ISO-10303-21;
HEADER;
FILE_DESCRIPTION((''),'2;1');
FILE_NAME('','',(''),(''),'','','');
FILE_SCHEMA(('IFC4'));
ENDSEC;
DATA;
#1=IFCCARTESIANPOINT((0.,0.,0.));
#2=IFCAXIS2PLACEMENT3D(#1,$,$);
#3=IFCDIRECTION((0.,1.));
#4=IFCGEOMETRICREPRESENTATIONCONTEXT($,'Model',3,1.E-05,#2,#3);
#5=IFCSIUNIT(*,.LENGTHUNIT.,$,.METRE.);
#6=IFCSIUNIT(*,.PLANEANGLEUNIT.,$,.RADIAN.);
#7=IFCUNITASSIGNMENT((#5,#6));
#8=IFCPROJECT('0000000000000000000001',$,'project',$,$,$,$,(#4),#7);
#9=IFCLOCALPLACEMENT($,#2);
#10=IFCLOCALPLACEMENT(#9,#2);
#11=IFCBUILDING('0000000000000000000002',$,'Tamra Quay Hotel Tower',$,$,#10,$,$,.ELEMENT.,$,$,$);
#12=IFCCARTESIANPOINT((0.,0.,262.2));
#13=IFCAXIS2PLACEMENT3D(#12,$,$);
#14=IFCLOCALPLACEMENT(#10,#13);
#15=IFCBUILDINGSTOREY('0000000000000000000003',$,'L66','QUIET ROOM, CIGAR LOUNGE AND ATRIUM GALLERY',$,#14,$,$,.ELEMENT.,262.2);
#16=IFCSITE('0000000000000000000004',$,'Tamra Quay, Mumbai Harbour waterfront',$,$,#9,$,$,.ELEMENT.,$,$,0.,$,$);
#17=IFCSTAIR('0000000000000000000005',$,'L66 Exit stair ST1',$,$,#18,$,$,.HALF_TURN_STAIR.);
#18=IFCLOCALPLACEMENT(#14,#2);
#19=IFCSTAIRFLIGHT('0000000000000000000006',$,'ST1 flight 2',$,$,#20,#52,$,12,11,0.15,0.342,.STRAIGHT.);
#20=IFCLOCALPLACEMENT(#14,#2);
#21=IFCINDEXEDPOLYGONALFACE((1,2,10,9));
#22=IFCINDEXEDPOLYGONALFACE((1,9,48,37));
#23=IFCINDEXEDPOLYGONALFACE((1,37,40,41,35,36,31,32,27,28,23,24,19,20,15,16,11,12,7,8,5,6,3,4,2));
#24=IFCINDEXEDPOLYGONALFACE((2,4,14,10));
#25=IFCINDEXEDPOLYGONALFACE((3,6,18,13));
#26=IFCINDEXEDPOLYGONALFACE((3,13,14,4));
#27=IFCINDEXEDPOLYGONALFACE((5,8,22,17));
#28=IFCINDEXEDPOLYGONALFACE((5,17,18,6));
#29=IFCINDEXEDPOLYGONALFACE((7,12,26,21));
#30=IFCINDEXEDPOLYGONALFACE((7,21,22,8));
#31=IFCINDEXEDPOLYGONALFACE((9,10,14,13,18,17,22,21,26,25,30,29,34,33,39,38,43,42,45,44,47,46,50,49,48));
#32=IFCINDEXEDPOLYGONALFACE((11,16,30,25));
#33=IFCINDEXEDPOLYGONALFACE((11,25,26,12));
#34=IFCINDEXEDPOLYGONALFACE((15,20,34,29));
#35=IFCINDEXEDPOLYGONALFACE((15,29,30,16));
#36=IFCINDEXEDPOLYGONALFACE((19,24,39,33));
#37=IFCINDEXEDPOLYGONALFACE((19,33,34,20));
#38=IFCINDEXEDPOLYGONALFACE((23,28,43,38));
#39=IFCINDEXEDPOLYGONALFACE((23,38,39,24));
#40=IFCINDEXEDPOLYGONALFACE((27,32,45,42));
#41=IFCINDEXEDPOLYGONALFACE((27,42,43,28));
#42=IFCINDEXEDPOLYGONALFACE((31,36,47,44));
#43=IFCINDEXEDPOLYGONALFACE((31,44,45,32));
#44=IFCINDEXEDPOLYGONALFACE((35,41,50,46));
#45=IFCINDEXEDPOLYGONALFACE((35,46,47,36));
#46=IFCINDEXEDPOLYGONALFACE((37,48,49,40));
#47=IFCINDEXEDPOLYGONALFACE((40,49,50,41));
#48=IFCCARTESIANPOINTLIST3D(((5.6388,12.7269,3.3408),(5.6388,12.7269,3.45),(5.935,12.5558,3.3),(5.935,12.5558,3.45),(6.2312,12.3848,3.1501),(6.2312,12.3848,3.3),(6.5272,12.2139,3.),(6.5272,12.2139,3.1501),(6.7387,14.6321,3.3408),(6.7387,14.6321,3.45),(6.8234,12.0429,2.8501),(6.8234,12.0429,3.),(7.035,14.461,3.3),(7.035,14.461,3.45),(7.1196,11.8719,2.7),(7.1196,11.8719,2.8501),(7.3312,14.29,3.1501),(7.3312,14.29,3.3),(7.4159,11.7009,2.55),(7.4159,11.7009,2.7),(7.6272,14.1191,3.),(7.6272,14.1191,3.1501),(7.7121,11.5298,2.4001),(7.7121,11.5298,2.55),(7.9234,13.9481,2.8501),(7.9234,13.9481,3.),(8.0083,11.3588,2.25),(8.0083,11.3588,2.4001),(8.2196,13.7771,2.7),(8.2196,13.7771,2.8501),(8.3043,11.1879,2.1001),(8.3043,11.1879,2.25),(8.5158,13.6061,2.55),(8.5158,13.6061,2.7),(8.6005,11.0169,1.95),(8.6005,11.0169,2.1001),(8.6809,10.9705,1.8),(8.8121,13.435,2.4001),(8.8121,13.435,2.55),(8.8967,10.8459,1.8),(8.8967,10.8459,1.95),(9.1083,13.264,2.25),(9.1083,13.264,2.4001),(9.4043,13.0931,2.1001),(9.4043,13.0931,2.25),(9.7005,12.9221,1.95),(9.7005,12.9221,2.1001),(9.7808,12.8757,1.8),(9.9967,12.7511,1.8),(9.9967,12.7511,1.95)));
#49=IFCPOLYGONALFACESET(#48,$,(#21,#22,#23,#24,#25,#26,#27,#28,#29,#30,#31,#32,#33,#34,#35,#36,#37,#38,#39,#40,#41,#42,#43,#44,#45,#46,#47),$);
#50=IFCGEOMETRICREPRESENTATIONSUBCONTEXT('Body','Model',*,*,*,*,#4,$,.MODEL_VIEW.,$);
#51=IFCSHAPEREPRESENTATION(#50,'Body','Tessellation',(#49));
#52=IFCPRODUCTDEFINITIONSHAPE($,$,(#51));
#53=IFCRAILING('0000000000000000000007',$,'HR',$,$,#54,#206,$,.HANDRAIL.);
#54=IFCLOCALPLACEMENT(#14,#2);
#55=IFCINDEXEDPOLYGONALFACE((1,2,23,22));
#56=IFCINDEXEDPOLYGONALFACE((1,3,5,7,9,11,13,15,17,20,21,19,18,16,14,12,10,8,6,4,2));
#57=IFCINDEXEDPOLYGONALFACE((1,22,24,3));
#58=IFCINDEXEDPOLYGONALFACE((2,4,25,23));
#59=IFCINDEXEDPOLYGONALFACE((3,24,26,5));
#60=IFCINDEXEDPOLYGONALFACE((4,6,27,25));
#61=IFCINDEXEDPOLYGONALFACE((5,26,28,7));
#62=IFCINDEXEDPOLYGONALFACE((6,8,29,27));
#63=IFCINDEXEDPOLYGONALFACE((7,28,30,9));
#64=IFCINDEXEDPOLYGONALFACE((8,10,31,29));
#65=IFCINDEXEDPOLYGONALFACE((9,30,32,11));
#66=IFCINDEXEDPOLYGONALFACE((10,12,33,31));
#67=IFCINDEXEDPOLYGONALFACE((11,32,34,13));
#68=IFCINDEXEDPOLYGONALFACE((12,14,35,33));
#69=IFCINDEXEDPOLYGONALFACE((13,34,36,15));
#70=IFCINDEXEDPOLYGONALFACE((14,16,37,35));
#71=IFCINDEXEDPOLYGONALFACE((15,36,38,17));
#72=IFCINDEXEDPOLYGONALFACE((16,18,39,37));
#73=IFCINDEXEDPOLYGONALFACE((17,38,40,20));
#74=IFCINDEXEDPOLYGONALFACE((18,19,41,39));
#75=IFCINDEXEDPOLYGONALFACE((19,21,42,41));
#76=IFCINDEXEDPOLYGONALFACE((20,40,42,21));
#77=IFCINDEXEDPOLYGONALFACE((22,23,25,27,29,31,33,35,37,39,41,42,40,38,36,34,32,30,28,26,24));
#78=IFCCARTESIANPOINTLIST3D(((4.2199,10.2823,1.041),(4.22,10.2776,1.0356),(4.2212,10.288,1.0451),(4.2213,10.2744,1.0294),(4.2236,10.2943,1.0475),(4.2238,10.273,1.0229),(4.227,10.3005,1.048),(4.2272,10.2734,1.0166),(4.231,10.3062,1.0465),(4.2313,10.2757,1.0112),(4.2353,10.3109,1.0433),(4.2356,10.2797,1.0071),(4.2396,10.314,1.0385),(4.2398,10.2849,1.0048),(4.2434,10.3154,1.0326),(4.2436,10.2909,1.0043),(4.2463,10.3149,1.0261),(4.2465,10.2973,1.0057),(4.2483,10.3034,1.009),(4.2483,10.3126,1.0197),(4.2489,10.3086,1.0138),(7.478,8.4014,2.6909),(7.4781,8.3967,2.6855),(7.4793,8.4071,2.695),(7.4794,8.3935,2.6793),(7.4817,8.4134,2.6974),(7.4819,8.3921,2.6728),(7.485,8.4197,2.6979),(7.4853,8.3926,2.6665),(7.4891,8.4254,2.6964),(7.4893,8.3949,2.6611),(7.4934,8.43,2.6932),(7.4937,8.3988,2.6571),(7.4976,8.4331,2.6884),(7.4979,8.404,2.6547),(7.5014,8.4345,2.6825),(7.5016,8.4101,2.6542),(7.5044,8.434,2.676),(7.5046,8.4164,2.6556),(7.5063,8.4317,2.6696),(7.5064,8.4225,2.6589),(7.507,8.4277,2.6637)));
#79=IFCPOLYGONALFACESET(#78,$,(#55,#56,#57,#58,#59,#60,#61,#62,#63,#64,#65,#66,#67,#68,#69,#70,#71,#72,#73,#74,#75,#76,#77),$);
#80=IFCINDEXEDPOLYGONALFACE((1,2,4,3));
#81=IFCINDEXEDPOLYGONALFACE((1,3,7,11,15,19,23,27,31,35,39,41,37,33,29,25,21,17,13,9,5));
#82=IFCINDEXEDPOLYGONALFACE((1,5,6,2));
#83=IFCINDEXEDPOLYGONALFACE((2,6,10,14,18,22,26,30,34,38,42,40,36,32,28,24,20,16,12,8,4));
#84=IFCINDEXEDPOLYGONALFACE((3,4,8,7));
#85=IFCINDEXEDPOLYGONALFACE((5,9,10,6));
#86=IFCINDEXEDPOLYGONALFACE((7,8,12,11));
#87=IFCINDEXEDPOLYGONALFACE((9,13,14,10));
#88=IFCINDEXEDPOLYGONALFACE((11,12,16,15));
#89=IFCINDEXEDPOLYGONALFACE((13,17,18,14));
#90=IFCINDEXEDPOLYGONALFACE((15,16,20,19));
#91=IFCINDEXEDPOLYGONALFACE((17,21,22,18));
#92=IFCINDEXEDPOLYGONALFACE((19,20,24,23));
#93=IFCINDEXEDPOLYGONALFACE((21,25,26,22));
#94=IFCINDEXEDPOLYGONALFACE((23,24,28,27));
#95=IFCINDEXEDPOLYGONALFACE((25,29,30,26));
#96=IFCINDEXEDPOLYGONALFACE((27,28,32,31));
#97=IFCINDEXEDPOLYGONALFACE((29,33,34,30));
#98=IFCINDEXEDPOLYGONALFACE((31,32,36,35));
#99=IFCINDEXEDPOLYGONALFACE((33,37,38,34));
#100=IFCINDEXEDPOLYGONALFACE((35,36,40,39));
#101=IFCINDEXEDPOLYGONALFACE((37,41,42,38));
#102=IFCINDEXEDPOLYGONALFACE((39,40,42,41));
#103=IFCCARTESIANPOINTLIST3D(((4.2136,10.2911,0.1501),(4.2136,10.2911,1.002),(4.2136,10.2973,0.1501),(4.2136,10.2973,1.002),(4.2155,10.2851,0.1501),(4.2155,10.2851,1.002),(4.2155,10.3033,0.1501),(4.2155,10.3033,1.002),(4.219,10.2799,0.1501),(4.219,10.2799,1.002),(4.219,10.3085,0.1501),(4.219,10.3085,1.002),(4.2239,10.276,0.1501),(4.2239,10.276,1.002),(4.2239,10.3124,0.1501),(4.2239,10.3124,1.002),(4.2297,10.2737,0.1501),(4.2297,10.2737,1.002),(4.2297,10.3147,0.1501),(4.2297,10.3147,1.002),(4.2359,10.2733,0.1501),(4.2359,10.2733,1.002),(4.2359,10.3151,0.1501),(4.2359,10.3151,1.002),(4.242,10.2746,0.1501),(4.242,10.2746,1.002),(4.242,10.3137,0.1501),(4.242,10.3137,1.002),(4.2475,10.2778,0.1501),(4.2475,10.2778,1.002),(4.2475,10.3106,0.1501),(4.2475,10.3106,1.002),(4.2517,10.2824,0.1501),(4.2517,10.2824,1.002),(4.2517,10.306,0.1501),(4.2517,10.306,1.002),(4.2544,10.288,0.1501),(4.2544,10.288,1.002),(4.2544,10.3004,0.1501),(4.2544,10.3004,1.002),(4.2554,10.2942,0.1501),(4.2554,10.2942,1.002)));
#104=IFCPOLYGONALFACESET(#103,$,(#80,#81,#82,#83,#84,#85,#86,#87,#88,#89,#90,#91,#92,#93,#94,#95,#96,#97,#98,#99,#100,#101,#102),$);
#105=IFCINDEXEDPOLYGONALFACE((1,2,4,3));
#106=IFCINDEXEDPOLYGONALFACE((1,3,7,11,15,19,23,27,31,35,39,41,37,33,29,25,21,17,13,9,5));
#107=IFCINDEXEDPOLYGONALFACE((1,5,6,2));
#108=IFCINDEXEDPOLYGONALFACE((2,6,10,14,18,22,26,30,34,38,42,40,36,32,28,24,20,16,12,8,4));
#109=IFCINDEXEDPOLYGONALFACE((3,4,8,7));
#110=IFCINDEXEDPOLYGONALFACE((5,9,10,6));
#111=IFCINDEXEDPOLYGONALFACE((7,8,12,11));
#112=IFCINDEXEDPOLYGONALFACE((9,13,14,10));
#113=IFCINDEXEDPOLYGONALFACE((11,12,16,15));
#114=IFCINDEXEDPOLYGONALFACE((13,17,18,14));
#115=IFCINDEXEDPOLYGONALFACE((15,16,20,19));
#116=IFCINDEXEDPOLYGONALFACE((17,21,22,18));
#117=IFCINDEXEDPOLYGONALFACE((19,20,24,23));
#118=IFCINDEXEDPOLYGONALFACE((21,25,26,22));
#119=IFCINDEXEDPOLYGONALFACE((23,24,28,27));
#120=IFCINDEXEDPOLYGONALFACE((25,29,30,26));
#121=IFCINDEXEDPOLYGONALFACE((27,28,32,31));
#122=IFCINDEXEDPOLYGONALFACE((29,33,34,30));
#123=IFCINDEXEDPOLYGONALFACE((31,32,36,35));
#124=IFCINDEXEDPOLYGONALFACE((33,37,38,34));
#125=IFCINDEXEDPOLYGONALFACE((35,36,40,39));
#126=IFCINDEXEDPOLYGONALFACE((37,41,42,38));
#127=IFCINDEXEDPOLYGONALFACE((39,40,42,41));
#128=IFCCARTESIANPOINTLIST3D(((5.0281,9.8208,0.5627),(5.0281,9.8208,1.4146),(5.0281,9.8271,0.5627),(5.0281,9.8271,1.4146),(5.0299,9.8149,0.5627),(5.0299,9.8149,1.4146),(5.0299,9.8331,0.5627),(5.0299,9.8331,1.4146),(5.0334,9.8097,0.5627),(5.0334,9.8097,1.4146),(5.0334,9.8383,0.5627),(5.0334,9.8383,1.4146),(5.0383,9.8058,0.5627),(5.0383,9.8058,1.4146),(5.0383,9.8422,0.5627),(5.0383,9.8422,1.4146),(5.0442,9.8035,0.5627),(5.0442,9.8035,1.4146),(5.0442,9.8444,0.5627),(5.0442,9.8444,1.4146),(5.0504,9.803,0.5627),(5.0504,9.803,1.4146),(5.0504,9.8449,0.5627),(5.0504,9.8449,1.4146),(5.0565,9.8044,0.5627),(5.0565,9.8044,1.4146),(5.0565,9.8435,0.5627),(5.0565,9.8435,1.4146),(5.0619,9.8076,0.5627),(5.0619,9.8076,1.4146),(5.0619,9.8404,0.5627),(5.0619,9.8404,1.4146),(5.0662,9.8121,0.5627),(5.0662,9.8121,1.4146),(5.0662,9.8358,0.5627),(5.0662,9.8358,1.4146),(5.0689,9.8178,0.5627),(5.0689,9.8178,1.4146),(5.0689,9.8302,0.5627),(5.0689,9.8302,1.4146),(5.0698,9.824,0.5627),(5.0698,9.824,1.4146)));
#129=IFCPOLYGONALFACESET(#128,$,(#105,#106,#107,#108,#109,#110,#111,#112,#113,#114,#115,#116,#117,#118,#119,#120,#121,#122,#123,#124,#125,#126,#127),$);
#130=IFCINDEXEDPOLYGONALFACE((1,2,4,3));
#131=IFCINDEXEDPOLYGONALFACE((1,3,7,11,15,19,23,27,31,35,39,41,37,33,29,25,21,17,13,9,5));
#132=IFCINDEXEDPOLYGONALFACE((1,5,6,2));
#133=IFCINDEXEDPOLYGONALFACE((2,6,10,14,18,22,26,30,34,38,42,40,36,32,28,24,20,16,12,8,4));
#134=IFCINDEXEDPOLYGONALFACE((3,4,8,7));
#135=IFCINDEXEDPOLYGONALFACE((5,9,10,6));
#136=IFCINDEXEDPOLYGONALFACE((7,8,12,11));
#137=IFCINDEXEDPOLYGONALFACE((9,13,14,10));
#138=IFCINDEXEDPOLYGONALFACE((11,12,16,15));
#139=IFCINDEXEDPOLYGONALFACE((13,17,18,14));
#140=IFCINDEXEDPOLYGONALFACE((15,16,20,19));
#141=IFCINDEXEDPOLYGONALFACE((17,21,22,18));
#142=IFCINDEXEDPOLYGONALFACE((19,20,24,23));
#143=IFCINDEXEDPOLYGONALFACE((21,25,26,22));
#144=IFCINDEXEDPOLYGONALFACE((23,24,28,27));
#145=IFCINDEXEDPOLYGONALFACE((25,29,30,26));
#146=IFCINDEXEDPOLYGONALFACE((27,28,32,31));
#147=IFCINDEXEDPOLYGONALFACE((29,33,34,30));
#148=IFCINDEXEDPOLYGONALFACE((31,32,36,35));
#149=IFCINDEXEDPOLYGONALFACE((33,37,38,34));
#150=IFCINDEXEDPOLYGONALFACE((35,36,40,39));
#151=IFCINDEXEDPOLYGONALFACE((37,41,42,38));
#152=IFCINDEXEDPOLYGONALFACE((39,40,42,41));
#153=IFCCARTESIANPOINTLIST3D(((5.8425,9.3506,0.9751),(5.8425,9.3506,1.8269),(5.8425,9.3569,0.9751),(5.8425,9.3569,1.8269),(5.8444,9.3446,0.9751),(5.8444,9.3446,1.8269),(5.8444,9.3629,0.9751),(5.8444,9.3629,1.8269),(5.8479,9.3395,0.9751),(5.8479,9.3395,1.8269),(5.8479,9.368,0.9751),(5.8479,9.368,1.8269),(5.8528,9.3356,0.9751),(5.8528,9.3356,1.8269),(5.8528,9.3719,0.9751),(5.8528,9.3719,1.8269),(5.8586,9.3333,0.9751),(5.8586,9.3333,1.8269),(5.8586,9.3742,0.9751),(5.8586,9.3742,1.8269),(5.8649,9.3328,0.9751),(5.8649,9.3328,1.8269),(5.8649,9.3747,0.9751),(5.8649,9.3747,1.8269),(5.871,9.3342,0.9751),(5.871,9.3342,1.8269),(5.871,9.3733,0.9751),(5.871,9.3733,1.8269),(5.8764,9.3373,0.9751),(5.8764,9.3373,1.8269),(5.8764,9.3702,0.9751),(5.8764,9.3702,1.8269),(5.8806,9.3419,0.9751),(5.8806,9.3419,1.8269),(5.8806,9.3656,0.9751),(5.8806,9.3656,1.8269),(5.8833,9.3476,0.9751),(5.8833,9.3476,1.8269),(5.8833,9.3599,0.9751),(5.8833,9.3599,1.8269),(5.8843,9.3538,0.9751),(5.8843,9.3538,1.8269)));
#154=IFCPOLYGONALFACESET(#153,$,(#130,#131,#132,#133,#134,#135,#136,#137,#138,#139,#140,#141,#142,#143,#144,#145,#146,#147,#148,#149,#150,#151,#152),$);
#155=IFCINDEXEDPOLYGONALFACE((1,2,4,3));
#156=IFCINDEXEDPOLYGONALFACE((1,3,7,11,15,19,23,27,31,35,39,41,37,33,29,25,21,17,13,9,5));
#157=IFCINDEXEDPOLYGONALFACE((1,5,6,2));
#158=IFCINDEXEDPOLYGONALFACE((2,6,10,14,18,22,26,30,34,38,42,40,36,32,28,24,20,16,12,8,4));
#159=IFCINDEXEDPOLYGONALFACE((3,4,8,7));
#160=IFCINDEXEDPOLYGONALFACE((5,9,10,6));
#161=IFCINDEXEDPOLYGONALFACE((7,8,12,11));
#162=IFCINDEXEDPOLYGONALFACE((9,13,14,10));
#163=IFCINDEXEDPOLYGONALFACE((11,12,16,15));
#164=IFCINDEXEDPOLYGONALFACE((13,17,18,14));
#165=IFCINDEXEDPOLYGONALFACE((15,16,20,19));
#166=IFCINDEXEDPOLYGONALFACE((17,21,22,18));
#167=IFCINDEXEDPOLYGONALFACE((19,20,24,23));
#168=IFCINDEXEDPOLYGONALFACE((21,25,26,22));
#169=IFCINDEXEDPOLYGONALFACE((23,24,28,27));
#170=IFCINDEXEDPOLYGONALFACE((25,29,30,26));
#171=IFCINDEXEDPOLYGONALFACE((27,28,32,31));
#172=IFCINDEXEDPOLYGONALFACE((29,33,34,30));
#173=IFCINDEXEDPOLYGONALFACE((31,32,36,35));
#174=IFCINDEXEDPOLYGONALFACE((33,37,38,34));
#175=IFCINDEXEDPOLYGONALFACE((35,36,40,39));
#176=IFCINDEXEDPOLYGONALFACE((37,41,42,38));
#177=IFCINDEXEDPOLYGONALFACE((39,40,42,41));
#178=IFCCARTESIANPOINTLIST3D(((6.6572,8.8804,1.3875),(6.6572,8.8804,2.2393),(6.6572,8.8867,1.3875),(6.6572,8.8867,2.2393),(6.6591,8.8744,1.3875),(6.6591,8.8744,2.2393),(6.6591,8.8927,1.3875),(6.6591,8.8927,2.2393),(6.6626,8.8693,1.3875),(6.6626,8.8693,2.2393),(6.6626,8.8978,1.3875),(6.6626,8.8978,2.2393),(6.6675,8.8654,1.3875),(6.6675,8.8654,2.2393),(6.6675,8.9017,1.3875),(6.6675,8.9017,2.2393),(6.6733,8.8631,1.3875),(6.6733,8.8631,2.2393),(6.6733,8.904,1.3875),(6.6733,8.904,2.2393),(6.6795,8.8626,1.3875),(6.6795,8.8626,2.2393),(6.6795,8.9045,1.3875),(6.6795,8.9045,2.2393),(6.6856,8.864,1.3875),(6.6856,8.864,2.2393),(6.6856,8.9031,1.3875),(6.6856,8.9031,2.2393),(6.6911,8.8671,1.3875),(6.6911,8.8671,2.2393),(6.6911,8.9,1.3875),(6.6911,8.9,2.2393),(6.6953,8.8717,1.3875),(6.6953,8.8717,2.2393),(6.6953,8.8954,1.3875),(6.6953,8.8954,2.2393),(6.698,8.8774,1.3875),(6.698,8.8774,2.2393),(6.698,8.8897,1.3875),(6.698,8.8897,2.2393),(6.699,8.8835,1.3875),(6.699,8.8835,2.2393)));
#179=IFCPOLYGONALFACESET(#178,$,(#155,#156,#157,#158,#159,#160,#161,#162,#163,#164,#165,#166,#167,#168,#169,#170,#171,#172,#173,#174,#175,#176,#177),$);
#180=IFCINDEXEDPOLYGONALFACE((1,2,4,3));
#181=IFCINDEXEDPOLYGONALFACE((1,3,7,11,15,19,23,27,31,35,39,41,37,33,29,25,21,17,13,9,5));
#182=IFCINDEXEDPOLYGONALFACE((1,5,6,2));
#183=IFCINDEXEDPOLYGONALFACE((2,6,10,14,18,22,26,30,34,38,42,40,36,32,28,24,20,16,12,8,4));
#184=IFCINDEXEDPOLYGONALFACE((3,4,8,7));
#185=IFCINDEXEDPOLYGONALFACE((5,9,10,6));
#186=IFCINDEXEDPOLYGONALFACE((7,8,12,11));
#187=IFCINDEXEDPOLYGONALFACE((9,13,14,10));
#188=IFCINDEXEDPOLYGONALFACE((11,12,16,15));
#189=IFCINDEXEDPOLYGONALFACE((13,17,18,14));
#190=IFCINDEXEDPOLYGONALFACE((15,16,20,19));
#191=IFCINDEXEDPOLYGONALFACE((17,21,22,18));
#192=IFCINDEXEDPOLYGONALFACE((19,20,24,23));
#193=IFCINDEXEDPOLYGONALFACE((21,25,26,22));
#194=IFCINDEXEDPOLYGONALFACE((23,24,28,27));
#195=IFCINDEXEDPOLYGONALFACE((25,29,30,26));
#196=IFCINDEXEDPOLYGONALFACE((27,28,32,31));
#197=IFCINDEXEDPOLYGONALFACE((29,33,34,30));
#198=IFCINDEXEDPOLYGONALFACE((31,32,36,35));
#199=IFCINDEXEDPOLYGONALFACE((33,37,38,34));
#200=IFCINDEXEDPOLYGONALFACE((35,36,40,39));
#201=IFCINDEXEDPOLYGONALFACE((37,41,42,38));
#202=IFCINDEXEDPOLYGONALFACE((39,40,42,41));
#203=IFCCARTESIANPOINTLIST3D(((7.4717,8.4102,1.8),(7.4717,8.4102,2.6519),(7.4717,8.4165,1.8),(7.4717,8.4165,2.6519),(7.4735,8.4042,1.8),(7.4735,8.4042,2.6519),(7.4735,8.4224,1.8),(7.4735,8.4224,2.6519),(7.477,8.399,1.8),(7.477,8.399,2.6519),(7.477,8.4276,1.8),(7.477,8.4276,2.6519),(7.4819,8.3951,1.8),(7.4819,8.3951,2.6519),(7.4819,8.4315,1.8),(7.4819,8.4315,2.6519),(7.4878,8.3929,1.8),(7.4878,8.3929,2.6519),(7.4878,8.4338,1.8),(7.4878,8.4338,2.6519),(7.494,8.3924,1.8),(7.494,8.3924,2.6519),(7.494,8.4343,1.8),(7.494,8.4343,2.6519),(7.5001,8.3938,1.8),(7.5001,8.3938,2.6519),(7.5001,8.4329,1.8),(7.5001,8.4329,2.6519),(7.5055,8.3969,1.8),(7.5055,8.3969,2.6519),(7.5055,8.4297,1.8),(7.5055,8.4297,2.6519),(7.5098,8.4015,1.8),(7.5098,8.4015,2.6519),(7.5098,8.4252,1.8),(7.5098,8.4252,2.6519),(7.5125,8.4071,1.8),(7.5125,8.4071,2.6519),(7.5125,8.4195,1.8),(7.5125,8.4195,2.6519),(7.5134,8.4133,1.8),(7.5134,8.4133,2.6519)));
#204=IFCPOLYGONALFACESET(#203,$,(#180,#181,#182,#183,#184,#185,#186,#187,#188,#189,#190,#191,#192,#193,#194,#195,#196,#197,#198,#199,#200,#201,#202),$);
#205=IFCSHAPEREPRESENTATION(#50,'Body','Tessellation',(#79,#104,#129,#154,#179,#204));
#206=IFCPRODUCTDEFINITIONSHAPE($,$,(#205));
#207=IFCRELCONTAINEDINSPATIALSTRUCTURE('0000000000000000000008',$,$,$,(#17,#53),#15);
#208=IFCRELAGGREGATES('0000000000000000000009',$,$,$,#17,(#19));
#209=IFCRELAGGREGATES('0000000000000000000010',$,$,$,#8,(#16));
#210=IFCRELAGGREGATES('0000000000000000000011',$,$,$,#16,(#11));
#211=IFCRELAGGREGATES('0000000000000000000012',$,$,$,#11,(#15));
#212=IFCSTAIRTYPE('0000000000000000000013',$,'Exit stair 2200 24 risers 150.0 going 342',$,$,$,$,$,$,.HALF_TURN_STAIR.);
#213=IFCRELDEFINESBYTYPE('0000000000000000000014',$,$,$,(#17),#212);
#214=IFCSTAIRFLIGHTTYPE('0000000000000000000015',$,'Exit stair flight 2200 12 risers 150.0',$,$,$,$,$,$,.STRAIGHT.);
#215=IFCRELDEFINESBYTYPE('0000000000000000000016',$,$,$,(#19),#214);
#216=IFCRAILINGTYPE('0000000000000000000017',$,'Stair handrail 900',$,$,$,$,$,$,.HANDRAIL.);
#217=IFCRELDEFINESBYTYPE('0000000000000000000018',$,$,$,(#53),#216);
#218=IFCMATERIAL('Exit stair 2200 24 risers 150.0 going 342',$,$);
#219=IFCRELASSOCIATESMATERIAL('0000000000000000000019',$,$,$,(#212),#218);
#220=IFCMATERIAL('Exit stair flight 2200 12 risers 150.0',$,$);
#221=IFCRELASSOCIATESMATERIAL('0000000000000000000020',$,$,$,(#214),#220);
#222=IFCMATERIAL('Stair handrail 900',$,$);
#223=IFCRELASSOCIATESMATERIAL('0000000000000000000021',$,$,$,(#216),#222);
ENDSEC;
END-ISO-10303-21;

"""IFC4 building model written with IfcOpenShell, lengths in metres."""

from ifc_helpers import new_model, si_unit, direction, frame, origin, origin_2d, place, context, subcontext, project, spatial, polyline, circle, outline, extrude, material, type_object, element, aggregate, save


model = new_model("IFC4")

# Units and contexts
model_context = context("Model", 3, precision=1e-05, world=origin(), true_north=direction((0.0, 1.0)))
body_context = subcontext(model_context, "Body", "Model", "MODEL_VIEW")
ifc_project = project(units=[si_unit("LENGTHUNIT", "METRE"), si_unit("PLANEANGLEUNIT", "RADIAN")], contexts=[model_context])

# Site, building, storey
site_placement = place(None, origin())
site = spatial("IfcSite", under=ifc_project, at=site_placement, Name="Tamra Quay, Mumbai Harbour waterfront", CompositionType="ELEMENT", RefElevation=0.0)
building_placement = place(site_placement, origin())
building = spatial("IfcBuilding", under=site, at=building_placement, Name="Tamra Quay Hotel Tower", CompositionType="ELEMENT")
storey_placement = place(building_placement, frame((0.0, 0.0, 262.2)))
storey = spatial("IfcBuildingStorey", under=building, at=storey_placement, Name="L66", Description="QUIET ROOM, CIGAR LOUNGE AND ATRIUM GALLERY", CompositionType="ELEMENT", Elevation=262.2)

# Stair, stair flight
ifc_material_1 = material(Name="Exit stair 2200 24 risers 150.0 going 342")
stair_type = type_object("IfcStairType", Name="Exit stair 2200 24 risers 150.0 going 342", PredefinedType="HALF_TURN_STAIR", material=ifc_material_1)
stair_placement = place(storey_placement, origin())
stair = element("IfcStair", 1, at=stair_placement, inside=storey, type_object=stair_type, Name="L66 Exit stair ST1", PredefinedType="HALF_TURN_STAIR")
ifc_material_2 = material(Name="Exit stair flight 2200 12 risers 150.0")
stair_flight_type = type_object("IfcStairFlightType", Name="Exit stair flight 2200 12 risers 150.0", PredefinedType="STRAIGHT", material=ifc_material_2)
stair_flight_1_placement = place(storey_placement, frame((9.4468, 11.7986, 1.8), z_axis=(0.0, 0.0, 1.0), x_axis=(-0.866025, 0.5, 0.0)))
stair_flight_1 = element("IfcStairFlight", 2, at=stair_flight_1_placement, type_object=stair_flight_type, Name="ST1 flight 2", NumberOfRisers=12, NumberOfTreads=11, PredefinedType="STRAIGHT", RiserHeight=0.15, TreadLength=0.342, context=body_context, shape_type="SweptSolid", body=[
    extrude(outline(polyline([(0.0, 0.0), (0.0, 0.1499), (0.342, 0.1499), (0.342, 0.3), (0.6841, 0.3), (0.6841, 0.45), (1.0259, 0.45), (1.0259, 0.6001), (1.3679, 0.6001), (1.3679, 0.75), (1.71, 0.75), (1.71, 0.8999), (2.052, 0.8999), (2.052, 1.05), (2.394, 1.05), (2.394, 1.2), (2.7361, 1.2), (2.7361, 1.3501), (3.0779, 1.3501), (3.0779, 1.5), (3.4199, 1.5), (3.4199, 1.6499), (3.762, 1.6499), (3.762, 1.8), (3.762, 1.5408), (0.2493, 0.0), (0.0, 0.0)])), frame((0.0, 1.1001, 0.0), z_axis=(0.0, -1.0, 0.0), x_axis=(1.0, 0.0, 0.0)), (0.0, 0.0, 1.0), 2.2),
])
aggregate(stair, [stair_flight_1])

# Railing
ifc_material_3 = material(Name="Stair handrail 900")
railing_type_1 = type_object("IfcRailingType", Name="Stair handrail 900", PredefinedType="HANDRAIL", material=ifc_material_3)
railing_1_placement = place(storey_placement, frame((4.2344, 10.2942, 0.1501)))
element("IfcRailing", 3, at=railing_1_placement, inside=storey, type_object=railing_type_1, Name="HR", PredefinedType="HANDRAIL", context=body_context, shape_type="SweptSolid", body=[
    extrude(circle(Radius=0.0239, at=origin_2d()), frame((0.0, 0.0, 0.876), z_axis=(0.793122, -0.457865, 0.401642), x_axis=(0.499964, 0.866046, 0.0)), (0.0, 0.0, 1.0), 4.1079),
    extrude(circle(Radius=0.021, at=origin_2d()), origin(), (0.0, 0.0, 1.0), 0.8518),
    extrude(circle(Radius=0.021, at=origin_2d()), frame((0.8145, -0.4702, 0.4126)), (0.0, 0.0, 1.0), 0.8518),
    extrude(circle(Radius=0.021, at=origin_2d()), frame((1.6289, -0.9404, 0.825)), (0.0, 0.0, 1.0), 0.8518),
    extrude(circle(Radius=0.021, at=origin_2d()), frame((2.4436, -1.4106, 1.2373)), (0.0, 0.0, 1.0), 0.8518),
    extrude(circle(Radius=0.021, at=origin_2d()), frame((3.2581, -1.8809, 1.6499)), (0.0, 0.0, 1.0), 0.8518),
])

save(model, "model.ifc")
